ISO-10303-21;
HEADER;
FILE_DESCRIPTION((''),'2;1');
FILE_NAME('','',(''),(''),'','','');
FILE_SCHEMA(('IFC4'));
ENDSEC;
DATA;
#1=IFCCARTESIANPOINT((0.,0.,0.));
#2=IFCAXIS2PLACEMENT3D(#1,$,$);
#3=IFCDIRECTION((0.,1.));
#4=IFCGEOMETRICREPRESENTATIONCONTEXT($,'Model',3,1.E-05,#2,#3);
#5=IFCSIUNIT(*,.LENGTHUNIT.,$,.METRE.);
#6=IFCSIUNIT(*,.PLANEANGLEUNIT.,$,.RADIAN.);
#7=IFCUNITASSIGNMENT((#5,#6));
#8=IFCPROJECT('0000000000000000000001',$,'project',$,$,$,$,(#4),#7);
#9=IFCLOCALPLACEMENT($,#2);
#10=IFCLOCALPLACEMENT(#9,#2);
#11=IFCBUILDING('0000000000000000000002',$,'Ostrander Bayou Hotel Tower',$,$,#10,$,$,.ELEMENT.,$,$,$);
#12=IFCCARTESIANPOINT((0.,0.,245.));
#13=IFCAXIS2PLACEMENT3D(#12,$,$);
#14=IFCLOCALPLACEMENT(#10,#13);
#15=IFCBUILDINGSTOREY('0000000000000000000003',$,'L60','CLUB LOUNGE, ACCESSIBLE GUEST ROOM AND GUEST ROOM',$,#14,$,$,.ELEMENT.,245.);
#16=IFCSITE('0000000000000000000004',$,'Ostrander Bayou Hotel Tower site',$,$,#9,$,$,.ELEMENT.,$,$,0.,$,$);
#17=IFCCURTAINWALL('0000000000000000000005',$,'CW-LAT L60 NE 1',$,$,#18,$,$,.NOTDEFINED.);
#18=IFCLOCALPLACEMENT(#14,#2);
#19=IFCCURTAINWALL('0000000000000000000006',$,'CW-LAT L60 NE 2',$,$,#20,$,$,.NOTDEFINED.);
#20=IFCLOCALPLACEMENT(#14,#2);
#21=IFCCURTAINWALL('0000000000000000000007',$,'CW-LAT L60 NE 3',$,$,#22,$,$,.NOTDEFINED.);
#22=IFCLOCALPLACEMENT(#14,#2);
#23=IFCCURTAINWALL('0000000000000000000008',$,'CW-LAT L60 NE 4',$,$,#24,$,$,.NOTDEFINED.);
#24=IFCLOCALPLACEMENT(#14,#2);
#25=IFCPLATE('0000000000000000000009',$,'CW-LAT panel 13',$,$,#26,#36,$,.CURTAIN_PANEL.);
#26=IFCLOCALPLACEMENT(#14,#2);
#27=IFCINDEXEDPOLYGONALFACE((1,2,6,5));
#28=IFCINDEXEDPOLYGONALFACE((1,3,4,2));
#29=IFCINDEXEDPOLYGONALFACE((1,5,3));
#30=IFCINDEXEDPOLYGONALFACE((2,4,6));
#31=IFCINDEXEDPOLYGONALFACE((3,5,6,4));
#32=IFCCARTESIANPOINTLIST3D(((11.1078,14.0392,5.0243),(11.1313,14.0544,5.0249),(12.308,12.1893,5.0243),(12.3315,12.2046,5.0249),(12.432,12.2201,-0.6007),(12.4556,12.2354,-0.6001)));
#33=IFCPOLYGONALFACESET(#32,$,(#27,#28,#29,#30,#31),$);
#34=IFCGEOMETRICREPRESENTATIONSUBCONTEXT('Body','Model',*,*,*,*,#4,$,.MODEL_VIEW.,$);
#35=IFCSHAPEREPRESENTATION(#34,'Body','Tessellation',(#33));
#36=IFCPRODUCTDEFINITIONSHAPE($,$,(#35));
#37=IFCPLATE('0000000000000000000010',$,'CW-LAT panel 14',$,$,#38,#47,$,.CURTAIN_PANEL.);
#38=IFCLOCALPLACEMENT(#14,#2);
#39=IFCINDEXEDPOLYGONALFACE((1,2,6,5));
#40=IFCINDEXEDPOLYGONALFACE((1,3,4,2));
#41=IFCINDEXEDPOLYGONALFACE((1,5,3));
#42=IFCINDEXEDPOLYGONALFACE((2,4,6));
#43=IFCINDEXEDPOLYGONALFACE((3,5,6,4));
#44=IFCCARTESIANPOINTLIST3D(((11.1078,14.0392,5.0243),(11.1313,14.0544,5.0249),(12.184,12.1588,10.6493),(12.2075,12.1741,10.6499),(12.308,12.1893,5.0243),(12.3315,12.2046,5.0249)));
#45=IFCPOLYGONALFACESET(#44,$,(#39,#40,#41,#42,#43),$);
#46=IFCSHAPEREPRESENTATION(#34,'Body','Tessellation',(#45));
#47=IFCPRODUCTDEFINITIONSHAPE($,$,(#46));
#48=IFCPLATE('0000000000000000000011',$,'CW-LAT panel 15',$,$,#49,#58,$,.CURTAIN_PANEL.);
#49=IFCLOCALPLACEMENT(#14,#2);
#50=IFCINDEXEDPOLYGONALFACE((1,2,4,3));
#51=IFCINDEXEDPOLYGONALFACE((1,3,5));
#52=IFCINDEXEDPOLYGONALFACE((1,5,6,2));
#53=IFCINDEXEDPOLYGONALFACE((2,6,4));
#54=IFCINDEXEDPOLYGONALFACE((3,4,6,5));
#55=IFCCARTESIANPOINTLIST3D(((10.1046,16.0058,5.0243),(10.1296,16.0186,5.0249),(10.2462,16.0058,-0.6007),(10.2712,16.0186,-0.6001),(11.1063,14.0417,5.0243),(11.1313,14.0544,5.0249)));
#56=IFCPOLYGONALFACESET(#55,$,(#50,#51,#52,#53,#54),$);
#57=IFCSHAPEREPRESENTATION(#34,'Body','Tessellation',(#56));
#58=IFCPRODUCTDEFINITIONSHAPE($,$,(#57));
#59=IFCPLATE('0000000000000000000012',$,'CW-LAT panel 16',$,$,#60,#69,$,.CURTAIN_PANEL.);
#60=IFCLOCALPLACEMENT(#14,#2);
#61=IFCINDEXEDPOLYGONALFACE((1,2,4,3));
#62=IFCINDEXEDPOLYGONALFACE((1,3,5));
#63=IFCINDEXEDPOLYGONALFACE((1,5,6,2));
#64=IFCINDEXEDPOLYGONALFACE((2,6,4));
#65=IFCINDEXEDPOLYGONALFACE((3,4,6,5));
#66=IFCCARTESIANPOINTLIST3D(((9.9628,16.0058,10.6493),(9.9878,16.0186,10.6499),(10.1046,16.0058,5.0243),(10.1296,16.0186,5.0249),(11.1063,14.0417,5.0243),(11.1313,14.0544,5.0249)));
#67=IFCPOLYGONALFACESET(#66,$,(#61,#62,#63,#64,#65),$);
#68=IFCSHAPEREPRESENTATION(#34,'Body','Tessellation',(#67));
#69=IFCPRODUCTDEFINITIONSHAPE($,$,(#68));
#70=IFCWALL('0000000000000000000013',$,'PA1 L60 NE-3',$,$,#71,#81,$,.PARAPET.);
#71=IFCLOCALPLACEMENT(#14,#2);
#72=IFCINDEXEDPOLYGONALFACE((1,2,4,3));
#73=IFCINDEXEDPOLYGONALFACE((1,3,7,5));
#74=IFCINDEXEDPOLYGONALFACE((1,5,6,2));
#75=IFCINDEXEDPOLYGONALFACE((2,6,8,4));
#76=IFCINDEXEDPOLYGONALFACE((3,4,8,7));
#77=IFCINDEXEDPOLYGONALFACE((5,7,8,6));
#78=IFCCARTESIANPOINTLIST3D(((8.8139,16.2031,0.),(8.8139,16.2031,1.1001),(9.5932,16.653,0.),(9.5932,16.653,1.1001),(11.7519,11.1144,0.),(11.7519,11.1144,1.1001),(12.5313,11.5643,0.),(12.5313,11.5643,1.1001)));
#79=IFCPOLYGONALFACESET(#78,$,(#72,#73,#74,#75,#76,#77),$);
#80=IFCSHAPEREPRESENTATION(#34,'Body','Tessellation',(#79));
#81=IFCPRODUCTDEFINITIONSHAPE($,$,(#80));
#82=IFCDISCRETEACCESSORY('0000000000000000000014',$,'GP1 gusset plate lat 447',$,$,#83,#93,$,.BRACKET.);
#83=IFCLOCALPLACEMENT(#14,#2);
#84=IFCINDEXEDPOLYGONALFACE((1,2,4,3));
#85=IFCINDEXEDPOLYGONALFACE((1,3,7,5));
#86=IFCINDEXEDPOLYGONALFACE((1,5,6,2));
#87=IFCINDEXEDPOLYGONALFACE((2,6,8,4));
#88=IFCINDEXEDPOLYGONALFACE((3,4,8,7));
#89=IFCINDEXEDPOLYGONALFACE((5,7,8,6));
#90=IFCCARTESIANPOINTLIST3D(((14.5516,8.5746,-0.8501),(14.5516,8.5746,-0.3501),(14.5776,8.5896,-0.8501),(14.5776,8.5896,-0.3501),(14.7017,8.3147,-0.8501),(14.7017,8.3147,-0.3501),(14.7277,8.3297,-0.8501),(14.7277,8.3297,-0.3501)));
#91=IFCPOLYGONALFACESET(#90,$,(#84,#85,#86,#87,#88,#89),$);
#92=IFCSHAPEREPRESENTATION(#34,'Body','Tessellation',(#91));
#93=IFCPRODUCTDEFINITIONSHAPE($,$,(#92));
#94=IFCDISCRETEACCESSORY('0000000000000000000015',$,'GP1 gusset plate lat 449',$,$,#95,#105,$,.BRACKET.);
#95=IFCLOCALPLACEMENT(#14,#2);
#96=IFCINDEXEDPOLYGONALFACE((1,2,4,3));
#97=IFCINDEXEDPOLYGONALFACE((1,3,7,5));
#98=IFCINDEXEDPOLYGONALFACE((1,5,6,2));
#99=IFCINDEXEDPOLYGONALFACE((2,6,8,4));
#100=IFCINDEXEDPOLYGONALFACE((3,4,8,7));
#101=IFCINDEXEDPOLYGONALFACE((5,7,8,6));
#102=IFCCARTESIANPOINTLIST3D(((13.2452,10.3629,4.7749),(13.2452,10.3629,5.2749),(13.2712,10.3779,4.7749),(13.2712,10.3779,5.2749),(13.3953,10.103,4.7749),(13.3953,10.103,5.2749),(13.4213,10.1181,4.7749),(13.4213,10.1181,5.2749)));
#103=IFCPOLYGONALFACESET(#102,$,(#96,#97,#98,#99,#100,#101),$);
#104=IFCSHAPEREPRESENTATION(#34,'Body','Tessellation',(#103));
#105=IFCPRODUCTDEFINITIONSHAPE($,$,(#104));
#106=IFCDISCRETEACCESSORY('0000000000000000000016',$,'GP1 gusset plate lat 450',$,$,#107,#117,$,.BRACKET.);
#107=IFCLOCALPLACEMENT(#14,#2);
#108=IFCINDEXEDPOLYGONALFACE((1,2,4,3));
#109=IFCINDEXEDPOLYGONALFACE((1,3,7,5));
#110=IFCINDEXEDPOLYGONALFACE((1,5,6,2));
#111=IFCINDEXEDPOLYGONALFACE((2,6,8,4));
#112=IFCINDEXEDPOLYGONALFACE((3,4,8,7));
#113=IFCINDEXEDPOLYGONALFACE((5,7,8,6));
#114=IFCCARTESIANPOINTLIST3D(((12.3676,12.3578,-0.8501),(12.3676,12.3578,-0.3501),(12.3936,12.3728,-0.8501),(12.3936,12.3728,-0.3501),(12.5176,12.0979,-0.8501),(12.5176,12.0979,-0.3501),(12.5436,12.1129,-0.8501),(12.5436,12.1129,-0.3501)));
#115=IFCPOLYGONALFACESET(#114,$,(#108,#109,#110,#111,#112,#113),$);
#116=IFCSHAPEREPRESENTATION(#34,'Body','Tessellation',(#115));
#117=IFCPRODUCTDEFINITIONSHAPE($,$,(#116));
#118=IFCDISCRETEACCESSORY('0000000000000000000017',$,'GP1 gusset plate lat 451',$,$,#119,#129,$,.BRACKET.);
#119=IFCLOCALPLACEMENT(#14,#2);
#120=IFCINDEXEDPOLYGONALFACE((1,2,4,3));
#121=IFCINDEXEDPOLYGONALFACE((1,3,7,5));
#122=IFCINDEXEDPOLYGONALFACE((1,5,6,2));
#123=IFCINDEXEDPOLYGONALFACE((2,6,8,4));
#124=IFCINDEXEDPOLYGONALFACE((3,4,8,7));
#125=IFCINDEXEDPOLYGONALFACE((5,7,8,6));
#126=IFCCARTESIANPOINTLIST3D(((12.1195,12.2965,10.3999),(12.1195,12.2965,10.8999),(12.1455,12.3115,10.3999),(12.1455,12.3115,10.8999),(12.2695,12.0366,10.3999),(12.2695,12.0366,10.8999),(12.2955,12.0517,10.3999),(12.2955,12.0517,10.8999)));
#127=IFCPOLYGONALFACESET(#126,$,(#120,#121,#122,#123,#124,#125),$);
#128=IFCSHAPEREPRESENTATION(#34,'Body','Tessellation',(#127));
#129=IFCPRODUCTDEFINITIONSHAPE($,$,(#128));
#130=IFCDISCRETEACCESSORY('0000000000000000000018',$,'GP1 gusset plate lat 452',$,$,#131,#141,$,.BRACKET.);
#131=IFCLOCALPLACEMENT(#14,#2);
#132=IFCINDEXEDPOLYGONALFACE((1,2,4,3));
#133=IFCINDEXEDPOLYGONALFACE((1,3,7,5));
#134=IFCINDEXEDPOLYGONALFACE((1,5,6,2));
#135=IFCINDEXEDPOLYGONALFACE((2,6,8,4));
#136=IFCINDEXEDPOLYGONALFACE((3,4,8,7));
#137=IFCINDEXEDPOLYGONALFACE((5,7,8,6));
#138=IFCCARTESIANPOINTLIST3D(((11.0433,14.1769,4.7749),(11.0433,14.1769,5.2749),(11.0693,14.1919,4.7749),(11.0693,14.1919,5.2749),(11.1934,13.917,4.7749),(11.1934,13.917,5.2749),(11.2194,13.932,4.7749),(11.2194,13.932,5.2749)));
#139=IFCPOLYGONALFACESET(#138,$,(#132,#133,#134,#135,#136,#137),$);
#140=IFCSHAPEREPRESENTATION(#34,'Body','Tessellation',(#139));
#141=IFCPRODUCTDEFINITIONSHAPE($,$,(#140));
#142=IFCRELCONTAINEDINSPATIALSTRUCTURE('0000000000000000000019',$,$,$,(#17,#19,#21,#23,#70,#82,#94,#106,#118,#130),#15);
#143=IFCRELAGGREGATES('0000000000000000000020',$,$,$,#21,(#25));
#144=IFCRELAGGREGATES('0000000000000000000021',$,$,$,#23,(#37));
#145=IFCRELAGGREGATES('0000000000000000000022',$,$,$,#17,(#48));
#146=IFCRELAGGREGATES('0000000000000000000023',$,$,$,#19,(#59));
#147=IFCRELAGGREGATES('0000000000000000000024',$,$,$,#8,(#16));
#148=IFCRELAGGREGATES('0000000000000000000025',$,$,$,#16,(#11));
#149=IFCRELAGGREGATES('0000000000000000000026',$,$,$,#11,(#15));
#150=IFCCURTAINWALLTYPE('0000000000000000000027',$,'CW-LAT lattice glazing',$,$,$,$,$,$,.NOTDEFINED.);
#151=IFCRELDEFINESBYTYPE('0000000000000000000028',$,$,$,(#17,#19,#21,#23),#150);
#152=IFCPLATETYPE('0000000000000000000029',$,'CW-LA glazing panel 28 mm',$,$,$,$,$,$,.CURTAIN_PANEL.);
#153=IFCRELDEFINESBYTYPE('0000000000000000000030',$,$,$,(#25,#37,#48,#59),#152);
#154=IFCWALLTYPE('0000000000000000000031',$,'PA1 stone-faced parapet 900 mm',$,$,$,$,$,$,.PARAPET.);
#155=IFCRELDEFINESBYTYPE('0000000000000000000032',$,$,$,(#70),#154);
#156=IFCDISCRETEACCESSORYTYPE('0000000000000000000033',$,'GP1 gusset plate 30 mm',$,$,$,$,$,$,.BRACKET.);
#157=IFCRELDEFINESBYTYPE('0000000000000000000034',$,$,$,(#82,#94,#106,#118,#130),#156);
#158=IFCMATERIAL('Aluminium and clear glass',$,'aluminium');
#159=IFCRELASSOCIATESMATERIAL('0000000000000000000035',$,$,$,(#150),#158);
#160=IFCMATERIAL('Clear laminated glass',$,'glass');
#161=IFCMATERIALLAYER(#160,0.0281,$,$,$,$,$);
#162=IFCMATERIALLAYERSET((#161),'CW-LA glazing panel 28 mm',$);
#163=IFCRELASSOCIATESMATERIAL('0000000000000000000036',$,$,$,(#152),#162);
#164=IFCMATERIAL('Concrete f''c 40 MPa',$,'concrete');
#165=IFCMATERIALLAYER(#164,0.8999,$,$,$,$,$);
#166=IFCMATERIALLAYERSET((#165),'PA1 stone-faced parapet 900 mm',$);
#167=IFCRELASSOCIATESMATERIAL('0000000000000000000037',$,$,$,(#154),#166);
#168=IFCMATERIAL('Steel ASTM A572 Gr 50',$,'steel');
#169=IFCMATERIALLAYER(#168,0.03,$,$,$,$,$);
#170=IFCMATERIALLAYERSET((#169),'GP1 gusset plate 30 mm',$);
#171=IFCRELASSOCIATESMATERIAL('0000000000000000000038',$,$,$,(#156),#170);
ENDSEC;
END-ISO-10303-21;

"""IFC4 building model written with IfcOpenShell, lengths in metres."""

from ifc_helpers import new_model, si_unit, direction, frame, frame_2d, origin, origin_2d, place, context, subcontext, project, spatial, polyline, rectangle, outline, extrude, material, layer, layer_set, type_object, element, aggregate, save


model = new_model("IFC4")

# Units and contexts
model_context = context("Model", 3, precision=1e-05, world=origin(), true_north=direction((0.0, 1.0)))
body_context = subcontext(model_context, "Body", "Model", "MODEL_VIEW")
ifc_project = project(units=[si_unit("LENGTHUNIT", "METRE"), si_unit("PLANEANGLEUNIT", "RADIAN")], contexts=[model_context])

# Site, building, storey
site_placement = place(None, origin())
site = spatial("IfcSite", under=ifc_project, at=site_placement, Name="Ostrander Bayou Hotel Tower site", CompositionType="ELEMENT", RefElevation=0.0)
building_placement = place(site_placement, origin())
building = spatial("IfcBuilding", under=site, at=building_placement, Name="Ostrander Bayou Hotel Tower", CompositionType="ELEMENT")
storey_placement = place(building_placement, frame((0.0, 0.0, 245.0)))
storey = spatial("IfcBuildingStorey", under=building, at=storey_placement, Name="L60", Description="CLUB LOUNGE, ACCESSIBLE GUEST ROOM AND GUEST ROOM", CompositionType="ELEMENT", Elevation=245.0)

# Curtain walls
ifc_material_1 = material(Name="Aluminium and clear glass", Category="aluminium")
curtain_wall_type = type_object("IfcCurtainWallType", Name="CW-LAT lattice glazing", PredefinedType="NOTDEFINED", material=ifc_material_1)
curtain_wall_1_placement = place(storey_placement, origin())
curtain_wall_1 = element("IfcCurtainWall", 1, at=curtain_wall_1_placement, inside=storey, type_object=curtain_wall_type, Name="CW-LAT L60 NE 1", PredefinedType="NOTDEFINED")
curtain_wall_2_placement = place(storey_placement, origin())
curtain_wall_2 = element("IfcCurtainWall", 2, at=curtain_wall_2_placement, inside=storey, type_object=curtain_wall_type, Name="CW-LAT L60 NE 2", PredefinedType="NOTDEFINED")

# Curtain walls
curtain_wall_3_placement = place(storey_placement, origin())
curtain_wall_3 = element("IfcCurtainWall", 3, at=curtain_wall_3_placement, inside=storey, type_object=curtain_wall_type, Name="CW-LAT L60 NE 3", PredefinedType="NOTDEFINED")
ifc_material_2 = material(Name="Clear laminated glass", Category="glass")
ifc_layer_1 = layer(ifc_material_2, 0.0281)
ifc_layer_set_1 = layer_set([ifc_layer_1], Name="CW-LA glazing panel 28 mm")
plate_type = type_object("IfcPlateType", Name="CW-LA glazing panel 28 mm", PredefinedType="CURTAIN_PANEL", material=ifc_layer_set_1)
curtain_wall_4_placement = place(storey_placement, origin())
curtain_wall_4 = element("IfcCurtainWall", 4, at=curtain_wall_4_placement, inside=storey, type_object=curtain_wall_type, Name="CW-LAT L60 NE 4", PredefinedType="NOTDEFINED")

# Plates
plate_1_placement = place(storey_placement, frame((11.1313, 14.0544, 5.0249), z_axis=(0.838708, 0.544158, 0.021468), x_axis=(0.218578, -0.300263, -0.928475)))
plate_1 = element("IfcPlate", 5, at=plate_1_placement, type_object=plate_type, Name="CW-LAT panel 13", PredefinedType="CURTAIN_PANEL", context=body_context, shape_type="SweptSolid", body=[
    extrude(outline(polyline([(0.0, 0.0), (6.0583, 0.0), (0.8178, -2.0478), (0.0, 0.0)])), origin(), (0.0, 0.0, -1.0), 0.0281),
])
aggregate(curtain_wall_3, [plate_1])
plate_2_placement = place(storey_placement, frame((11.1313, 14.0544, 5.0249), z_axis=(0.838708, 0.544159, 0.021445), x_axis=(0.178534, -0.311949, 0.933174)))
plate_2 = element("IfcPlate", 6, at=plate_2_placement, type_object=plate_type, Name="CW-LAT panel 14", PredefinedType="CURTAIN_PANEL", context=body_context, shape_type="SweptSolid", body=[
    extrude(outline(polyline([(0.0, 0.0), (6.0278, 0.0), (0.7913, 2.0582), (0.0, 0.0)])), origin(), (0.0, 0.0, -1.0), 0.0281),
])
aggregate(curtain_wall_4, [plate_2])
plate_3_placement = place(storey_placement, frame((11.1313, 14.0544, 5.0249), z_axis=(0.890609, 0.454216, 0.02242), x_axis=(-0.142879, 0.326274, -0.934414)))
plate_3 = element("IfcPlate", 7, at=plate_3_placement, type_object=plate_type, Name="CW-LAT panel 15", PredefinedType="CURTAIN_PANEL", context=body_context, shape_type="SweptSolid", body=[
    extrude(outline(polyline([(0.0, 0.0), (6.0198, 0.0), (0.784, 2.0607), (0.0, 0.0)])), origin(), (0.0, 0.0, -1.0), 0.0281),
])
aggregate(curtain_wall_1, [plate_3])
plate_4_placement = place(storey_placement, frame((11.1313, 14.0544, 5.0249), z_axis=(0.890609, 0.454216, 0.022458), x_axis=(-0.188494, 0.323747, 0.927177)))
plate_4 = element("IfcPlate", 8, at=plate_4_placement, type_object=plate_type, Name="CW-LAT panel 16", PredefinedType="CURTAIN_PANEL", context=body_context, shape_type="SweptSolid", body=[
    extrude(outline(polyline([(0.0, 0.0), (6.0668, 0.0), (0.8247, -2.0448), (0.0, 0.0)])), origin(), (0.0, 0.0, -1.0), 0.0281),
])
aggregate(curtain_wall_2, [plate_4])

# Wall
ifc_material_3 = material(Name="Concrete f'c 40 MPa", Category="concrete")
ifc_layer_2 = layer(ifc_material_3, 0.8999)
ifc_layer_set_2 = layer_set([ifc_layer_2], Name="PA1 stone-faced parapet 900 mm")
wall_type = type_object("IfcWallType", Name="PA1 stone-faced parapet 900 mm", PredefinedType="PARAPET", material=ifc_layer_set_2)
wall_placement = place(storey_placement, frame((12.1416, 11.3394, 0.0), z_axis=(0.0, 0.0, 1.0), x_axis=(-0.500009, 0.86602, 0.0)))
element("IfcWall", 9, at=wall_placement, inside=storey, type_object=wall_type, Name="PA1 L60 NE-3", PredefinedType="PARAPET", context=body_context, shape_type="SweptSolid", body=[
    extrude(rectangle(XDim=5.876, YDim=0.8999, at=frame_2d((2.938, 0.0))), origin(), (0.0, 0.0, 1.0), 1.1001),
])

# Discrete accessories
ifc_material_4 = material(Name="Steel ASTM A572 Gr 50", Category="steel")
ifc_layer_3 = layer(ifc_material_4, 0.03)
ifc_layer_set_3 = layer_set([ifc_layer_3], Name="GP1 gusset plate 30 mm")
discrete_accessory_type = type_object("IfcDiscreteAccessoryType", Name="GP1 gusset plate 30 mm", PredefinedType="BRACKET", material=ifc_layer_set_3)
for number, where, z_axis, x_axis, name in (
    (10, (14.6396, 8.4521, -0.8501), (0.0, 0.0, 1.0), (-0.5, 0.866025, 0.0), "GP1 gusset plate lat 447"),
    (11, (13.3333, 10.2405, 4.7749), (0.0, 0.0, 1.0), (-0.5, 0.866025, 0.0), "GP1 gusset plate lat 449"),
    (12, (12.4556, 12.2354, -0.8501), (0.0, 0.0, 1.0), (-0.5, 0.866025, 0.0), "GP1 gusset plate lat 450"),
    (13, (12.2075, 12.1741, 10.3999), (0.0, 0.0, 1.0), (-0.5, 0.866025, 0.0), "GP1 gusset plate lat 451"),
    (14, (11.1313, 14.0544, 4.7749), (0.0, 0.0, 1.0), (-0.5, 0.866025, 0.0), "GP1 gusset plate lat 452"),
):
    element("IfcDiscreteAccessory", number, at=place(storey_placement, frame(where, z_axis=z_axis, x_axis=x_axis)), inside=storey, type_object=discrete_accessory_type, Name=name, PredefinedType="BRACKET", context=body_context, shape_type="SweptSolid", body=[
        extrude(rectangle(XDim=0.3, YDim=0.03, at=origin_2d()), origin(), (0.0, 0.0, 1.0), 0.5),
    ])

save(model, "model.ifc")
